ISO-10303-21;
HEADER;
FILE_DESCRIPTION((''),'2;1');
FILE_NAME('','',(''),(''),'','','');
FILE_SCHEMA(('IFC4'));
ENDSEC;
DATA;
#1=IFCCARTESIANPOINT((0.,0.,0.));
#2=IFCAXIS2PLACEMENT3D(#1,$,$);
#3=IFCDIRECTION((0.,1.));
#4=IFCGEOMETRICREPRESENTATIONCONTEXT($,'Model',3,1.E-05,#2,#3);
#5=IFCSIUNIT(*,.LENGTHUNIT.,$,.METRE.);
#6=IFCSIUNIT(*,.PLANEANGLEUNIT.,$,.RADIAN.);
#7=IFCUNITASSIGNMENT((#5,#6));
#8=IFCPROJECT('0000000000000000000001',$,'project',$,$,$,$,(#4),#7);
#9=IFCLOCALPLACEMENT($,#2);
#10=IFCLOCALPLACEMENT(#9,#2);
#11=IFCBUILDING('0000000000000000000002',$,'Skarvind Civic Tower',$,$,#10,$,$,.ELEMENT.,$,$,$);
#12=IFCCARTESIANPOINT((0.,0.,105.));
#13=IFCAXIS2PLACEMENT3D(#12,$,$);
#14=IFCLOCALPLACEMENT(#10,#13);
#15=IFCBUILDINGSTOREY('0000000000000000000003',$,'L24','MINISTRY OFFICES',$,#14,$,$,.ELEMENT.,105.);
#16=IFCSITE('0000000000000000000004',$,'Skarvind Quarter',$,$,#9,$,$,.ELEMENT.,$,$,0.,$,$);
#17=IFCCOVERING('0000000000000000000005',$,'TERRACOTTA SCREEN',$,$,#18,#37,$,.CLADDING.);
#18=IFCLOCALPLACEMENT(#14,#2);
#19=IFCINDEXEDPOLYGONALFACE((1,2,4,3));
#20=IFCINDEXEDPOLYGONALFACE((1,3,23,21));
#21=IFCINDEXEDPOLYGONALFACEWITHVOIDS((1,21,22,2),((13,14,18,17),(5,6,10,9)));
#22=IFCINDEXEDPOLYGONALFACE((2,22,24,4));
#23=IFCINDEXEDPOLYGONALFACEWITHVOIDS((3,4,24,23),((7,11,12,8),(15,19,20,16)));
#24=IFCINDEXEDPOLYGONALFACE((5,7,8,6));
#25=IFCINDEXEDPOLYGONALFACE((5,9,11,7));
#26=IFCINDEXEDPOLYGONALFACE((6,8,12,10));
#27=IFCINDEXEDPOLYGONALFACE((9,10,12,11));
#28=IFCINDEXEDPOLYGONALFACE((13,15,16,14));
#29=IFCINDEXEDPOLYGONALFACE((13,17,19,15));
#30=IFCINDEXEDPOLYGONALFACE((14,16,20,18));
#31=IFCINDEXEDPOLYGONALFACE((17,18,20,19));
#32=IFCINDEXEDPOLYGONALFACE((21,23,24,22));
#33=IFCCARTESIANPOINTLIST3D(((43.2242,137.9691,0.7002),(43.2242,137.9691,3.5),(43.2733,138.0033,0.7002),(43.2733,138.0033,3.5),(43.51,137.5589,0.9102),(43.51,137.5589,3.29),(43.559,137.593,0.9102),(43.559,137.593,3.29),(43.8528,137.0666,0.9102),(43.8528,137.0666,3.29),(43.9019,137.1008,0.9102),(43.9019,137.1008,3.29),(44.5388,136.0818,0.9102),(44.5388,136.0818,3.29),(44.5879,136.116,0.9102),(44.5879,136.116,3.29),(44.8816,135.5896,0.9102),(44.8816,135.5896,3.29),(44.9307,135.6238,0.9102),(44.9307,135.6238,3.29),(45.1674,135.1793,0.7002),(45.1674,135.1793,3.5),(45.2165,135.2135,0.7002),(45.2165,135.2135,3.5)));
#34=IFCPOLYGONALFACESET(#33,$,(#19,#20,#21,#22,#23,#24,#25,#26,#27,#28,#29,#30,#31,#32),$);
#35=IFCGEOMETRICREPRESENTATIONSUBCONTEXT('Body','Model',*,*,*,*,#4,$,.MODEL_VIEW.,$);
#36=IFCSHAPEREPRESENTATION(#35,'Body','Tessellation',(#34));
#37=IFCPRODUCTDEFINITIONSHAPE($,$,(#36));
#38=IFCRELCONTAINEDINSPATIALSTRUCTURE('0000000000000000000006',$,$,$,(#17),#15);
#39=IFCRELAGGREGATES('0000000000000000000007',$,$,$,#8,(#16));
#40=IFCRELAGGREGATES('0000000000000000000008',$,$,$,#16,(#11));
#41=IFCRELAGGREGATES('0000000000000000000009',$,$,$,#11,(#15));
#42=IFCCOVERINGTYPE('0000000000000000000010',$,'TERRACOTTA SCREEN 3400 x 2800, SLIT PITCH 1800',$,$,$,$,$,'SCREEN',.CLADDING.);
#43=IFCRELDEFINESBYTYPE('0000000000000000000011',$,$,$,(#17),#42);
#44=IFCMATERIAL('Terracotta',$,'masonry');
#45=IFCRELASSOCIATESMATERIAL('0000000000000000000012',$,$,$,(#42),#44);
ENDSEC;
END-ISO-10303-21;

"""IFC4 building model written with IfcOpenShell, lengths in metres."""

from ifc_helpers import new_model, si_unit, direction, frame, origin, place, context, subcontext, project, spatial, polyline, outline, extrude, material, material_profile, profile_set, type_object, element, save


model = new_model("IFC4")

# Units and contexts
model_context = context("Model", 3, precision=1e-05, world=origin(), true_north=direction((0.0, 1.0)))
body_context = subcontext(model_context, "Body", "Model", "MODEL_VIEW")
ifc_project = project(units=[si_unit("LENGTHUNIT", "METRE"), si_unit("PLANEANGLEUNIT", "RADIAN")], contexts=[model_context])

# Site, building, storey
site_placement = place(None, origin())
site = spatial("IfcSite", under=ifc_project, at=site_placement, Name="Skarvind Quarter", CompositionType="ELEMENT", RefElevation=0.0)
building_placement = place(site_placement, origin())
building = spatial("IfcBuilding", under=site, at=building_placement, Name="Skarvind Civic Tower", CompositionType="ELEMENT")
storey_placement = place(building_placement, frame((0.0, 0.0, 105.0)))
storey = spatial("IfcBuildingStorey", under=building, at=storey_placement, Name="L24", Description="MINISTRY OFFICES", CompositionType="ELEMENT", Elevation=105.0)

# Covering
ifc_material_1 = material(Name="Terracotta", Category="masonry")
ifc_material_profile_1 = material_profile(ifc_material_1, outline(polyline([(-1.7, -1.3999), (1.7, -1.3999), (1.7, 1.3999), (-1.7, 1.3999), (-1.7, -1.3999)]), holes=[polyline([(-1.2, -1.1899), (-0.6001, -1.1899), (-0.6001, 1.1899), (-1.2, 1.1899), (-1.2, -1.1899)]), polyline([(0.6001, -1.1899), (1.2, -1.1899), (1.2, 1.1899), (0.6001, 1.1899), (0.6001, -1.1899)])]), Name="TERRACOTTA SCREEN 3400 x 2800, SLIT PITCH 1800")
ifc_profile_set_1 = profile_set([ifc_material_profile_1], Name="Terracotta")
covering_type = type_object("IfcCoveringType", Name="TERRACOTTA SCREEN 3400 x 2800, SLIT PITCH 1800", ElementType="SCREEN", PredefinedType="CLADDING", material=ifc_profile_set_1)
covering_placement = place(storey_placement, frame((44.2449, 136.6084, 2.1001), z_axis=(-0.820572, -0.571543, 0.0), x_axis=(0.571543, -0.820572, 0.0)))
element("IfcCovering", 1, at=covering_placement, inside=storey, type_object=covering_type, Name="TERRACOTTA SCREEN", PredefinedType="CLADDING", context=body_context, shape_type="SweptSolid", body=[
    extrude(outline(polyline([(-1.7, -1.3999), (1.7, -1.3999), (1.7, 1.3999), (-1.7, 1.3999), (-1.7, -1.3999)]), holes=[polyline([(-1.2, -1.1899), (-0.6001, -1.1899), (-0.6001, 1.1899), (-1.2, 1.1899), (-1.2, -1.1899)]), polyline([(0.6001, -1.1899), (1.2, -1.1899), (1.2, 1.1899), (0.6001, 1.1899), (0.6001, -1.1899)])]), origin(), (0.0, 0.0, 1.0), 0.0598),
])

save(model, "model.ifc")
